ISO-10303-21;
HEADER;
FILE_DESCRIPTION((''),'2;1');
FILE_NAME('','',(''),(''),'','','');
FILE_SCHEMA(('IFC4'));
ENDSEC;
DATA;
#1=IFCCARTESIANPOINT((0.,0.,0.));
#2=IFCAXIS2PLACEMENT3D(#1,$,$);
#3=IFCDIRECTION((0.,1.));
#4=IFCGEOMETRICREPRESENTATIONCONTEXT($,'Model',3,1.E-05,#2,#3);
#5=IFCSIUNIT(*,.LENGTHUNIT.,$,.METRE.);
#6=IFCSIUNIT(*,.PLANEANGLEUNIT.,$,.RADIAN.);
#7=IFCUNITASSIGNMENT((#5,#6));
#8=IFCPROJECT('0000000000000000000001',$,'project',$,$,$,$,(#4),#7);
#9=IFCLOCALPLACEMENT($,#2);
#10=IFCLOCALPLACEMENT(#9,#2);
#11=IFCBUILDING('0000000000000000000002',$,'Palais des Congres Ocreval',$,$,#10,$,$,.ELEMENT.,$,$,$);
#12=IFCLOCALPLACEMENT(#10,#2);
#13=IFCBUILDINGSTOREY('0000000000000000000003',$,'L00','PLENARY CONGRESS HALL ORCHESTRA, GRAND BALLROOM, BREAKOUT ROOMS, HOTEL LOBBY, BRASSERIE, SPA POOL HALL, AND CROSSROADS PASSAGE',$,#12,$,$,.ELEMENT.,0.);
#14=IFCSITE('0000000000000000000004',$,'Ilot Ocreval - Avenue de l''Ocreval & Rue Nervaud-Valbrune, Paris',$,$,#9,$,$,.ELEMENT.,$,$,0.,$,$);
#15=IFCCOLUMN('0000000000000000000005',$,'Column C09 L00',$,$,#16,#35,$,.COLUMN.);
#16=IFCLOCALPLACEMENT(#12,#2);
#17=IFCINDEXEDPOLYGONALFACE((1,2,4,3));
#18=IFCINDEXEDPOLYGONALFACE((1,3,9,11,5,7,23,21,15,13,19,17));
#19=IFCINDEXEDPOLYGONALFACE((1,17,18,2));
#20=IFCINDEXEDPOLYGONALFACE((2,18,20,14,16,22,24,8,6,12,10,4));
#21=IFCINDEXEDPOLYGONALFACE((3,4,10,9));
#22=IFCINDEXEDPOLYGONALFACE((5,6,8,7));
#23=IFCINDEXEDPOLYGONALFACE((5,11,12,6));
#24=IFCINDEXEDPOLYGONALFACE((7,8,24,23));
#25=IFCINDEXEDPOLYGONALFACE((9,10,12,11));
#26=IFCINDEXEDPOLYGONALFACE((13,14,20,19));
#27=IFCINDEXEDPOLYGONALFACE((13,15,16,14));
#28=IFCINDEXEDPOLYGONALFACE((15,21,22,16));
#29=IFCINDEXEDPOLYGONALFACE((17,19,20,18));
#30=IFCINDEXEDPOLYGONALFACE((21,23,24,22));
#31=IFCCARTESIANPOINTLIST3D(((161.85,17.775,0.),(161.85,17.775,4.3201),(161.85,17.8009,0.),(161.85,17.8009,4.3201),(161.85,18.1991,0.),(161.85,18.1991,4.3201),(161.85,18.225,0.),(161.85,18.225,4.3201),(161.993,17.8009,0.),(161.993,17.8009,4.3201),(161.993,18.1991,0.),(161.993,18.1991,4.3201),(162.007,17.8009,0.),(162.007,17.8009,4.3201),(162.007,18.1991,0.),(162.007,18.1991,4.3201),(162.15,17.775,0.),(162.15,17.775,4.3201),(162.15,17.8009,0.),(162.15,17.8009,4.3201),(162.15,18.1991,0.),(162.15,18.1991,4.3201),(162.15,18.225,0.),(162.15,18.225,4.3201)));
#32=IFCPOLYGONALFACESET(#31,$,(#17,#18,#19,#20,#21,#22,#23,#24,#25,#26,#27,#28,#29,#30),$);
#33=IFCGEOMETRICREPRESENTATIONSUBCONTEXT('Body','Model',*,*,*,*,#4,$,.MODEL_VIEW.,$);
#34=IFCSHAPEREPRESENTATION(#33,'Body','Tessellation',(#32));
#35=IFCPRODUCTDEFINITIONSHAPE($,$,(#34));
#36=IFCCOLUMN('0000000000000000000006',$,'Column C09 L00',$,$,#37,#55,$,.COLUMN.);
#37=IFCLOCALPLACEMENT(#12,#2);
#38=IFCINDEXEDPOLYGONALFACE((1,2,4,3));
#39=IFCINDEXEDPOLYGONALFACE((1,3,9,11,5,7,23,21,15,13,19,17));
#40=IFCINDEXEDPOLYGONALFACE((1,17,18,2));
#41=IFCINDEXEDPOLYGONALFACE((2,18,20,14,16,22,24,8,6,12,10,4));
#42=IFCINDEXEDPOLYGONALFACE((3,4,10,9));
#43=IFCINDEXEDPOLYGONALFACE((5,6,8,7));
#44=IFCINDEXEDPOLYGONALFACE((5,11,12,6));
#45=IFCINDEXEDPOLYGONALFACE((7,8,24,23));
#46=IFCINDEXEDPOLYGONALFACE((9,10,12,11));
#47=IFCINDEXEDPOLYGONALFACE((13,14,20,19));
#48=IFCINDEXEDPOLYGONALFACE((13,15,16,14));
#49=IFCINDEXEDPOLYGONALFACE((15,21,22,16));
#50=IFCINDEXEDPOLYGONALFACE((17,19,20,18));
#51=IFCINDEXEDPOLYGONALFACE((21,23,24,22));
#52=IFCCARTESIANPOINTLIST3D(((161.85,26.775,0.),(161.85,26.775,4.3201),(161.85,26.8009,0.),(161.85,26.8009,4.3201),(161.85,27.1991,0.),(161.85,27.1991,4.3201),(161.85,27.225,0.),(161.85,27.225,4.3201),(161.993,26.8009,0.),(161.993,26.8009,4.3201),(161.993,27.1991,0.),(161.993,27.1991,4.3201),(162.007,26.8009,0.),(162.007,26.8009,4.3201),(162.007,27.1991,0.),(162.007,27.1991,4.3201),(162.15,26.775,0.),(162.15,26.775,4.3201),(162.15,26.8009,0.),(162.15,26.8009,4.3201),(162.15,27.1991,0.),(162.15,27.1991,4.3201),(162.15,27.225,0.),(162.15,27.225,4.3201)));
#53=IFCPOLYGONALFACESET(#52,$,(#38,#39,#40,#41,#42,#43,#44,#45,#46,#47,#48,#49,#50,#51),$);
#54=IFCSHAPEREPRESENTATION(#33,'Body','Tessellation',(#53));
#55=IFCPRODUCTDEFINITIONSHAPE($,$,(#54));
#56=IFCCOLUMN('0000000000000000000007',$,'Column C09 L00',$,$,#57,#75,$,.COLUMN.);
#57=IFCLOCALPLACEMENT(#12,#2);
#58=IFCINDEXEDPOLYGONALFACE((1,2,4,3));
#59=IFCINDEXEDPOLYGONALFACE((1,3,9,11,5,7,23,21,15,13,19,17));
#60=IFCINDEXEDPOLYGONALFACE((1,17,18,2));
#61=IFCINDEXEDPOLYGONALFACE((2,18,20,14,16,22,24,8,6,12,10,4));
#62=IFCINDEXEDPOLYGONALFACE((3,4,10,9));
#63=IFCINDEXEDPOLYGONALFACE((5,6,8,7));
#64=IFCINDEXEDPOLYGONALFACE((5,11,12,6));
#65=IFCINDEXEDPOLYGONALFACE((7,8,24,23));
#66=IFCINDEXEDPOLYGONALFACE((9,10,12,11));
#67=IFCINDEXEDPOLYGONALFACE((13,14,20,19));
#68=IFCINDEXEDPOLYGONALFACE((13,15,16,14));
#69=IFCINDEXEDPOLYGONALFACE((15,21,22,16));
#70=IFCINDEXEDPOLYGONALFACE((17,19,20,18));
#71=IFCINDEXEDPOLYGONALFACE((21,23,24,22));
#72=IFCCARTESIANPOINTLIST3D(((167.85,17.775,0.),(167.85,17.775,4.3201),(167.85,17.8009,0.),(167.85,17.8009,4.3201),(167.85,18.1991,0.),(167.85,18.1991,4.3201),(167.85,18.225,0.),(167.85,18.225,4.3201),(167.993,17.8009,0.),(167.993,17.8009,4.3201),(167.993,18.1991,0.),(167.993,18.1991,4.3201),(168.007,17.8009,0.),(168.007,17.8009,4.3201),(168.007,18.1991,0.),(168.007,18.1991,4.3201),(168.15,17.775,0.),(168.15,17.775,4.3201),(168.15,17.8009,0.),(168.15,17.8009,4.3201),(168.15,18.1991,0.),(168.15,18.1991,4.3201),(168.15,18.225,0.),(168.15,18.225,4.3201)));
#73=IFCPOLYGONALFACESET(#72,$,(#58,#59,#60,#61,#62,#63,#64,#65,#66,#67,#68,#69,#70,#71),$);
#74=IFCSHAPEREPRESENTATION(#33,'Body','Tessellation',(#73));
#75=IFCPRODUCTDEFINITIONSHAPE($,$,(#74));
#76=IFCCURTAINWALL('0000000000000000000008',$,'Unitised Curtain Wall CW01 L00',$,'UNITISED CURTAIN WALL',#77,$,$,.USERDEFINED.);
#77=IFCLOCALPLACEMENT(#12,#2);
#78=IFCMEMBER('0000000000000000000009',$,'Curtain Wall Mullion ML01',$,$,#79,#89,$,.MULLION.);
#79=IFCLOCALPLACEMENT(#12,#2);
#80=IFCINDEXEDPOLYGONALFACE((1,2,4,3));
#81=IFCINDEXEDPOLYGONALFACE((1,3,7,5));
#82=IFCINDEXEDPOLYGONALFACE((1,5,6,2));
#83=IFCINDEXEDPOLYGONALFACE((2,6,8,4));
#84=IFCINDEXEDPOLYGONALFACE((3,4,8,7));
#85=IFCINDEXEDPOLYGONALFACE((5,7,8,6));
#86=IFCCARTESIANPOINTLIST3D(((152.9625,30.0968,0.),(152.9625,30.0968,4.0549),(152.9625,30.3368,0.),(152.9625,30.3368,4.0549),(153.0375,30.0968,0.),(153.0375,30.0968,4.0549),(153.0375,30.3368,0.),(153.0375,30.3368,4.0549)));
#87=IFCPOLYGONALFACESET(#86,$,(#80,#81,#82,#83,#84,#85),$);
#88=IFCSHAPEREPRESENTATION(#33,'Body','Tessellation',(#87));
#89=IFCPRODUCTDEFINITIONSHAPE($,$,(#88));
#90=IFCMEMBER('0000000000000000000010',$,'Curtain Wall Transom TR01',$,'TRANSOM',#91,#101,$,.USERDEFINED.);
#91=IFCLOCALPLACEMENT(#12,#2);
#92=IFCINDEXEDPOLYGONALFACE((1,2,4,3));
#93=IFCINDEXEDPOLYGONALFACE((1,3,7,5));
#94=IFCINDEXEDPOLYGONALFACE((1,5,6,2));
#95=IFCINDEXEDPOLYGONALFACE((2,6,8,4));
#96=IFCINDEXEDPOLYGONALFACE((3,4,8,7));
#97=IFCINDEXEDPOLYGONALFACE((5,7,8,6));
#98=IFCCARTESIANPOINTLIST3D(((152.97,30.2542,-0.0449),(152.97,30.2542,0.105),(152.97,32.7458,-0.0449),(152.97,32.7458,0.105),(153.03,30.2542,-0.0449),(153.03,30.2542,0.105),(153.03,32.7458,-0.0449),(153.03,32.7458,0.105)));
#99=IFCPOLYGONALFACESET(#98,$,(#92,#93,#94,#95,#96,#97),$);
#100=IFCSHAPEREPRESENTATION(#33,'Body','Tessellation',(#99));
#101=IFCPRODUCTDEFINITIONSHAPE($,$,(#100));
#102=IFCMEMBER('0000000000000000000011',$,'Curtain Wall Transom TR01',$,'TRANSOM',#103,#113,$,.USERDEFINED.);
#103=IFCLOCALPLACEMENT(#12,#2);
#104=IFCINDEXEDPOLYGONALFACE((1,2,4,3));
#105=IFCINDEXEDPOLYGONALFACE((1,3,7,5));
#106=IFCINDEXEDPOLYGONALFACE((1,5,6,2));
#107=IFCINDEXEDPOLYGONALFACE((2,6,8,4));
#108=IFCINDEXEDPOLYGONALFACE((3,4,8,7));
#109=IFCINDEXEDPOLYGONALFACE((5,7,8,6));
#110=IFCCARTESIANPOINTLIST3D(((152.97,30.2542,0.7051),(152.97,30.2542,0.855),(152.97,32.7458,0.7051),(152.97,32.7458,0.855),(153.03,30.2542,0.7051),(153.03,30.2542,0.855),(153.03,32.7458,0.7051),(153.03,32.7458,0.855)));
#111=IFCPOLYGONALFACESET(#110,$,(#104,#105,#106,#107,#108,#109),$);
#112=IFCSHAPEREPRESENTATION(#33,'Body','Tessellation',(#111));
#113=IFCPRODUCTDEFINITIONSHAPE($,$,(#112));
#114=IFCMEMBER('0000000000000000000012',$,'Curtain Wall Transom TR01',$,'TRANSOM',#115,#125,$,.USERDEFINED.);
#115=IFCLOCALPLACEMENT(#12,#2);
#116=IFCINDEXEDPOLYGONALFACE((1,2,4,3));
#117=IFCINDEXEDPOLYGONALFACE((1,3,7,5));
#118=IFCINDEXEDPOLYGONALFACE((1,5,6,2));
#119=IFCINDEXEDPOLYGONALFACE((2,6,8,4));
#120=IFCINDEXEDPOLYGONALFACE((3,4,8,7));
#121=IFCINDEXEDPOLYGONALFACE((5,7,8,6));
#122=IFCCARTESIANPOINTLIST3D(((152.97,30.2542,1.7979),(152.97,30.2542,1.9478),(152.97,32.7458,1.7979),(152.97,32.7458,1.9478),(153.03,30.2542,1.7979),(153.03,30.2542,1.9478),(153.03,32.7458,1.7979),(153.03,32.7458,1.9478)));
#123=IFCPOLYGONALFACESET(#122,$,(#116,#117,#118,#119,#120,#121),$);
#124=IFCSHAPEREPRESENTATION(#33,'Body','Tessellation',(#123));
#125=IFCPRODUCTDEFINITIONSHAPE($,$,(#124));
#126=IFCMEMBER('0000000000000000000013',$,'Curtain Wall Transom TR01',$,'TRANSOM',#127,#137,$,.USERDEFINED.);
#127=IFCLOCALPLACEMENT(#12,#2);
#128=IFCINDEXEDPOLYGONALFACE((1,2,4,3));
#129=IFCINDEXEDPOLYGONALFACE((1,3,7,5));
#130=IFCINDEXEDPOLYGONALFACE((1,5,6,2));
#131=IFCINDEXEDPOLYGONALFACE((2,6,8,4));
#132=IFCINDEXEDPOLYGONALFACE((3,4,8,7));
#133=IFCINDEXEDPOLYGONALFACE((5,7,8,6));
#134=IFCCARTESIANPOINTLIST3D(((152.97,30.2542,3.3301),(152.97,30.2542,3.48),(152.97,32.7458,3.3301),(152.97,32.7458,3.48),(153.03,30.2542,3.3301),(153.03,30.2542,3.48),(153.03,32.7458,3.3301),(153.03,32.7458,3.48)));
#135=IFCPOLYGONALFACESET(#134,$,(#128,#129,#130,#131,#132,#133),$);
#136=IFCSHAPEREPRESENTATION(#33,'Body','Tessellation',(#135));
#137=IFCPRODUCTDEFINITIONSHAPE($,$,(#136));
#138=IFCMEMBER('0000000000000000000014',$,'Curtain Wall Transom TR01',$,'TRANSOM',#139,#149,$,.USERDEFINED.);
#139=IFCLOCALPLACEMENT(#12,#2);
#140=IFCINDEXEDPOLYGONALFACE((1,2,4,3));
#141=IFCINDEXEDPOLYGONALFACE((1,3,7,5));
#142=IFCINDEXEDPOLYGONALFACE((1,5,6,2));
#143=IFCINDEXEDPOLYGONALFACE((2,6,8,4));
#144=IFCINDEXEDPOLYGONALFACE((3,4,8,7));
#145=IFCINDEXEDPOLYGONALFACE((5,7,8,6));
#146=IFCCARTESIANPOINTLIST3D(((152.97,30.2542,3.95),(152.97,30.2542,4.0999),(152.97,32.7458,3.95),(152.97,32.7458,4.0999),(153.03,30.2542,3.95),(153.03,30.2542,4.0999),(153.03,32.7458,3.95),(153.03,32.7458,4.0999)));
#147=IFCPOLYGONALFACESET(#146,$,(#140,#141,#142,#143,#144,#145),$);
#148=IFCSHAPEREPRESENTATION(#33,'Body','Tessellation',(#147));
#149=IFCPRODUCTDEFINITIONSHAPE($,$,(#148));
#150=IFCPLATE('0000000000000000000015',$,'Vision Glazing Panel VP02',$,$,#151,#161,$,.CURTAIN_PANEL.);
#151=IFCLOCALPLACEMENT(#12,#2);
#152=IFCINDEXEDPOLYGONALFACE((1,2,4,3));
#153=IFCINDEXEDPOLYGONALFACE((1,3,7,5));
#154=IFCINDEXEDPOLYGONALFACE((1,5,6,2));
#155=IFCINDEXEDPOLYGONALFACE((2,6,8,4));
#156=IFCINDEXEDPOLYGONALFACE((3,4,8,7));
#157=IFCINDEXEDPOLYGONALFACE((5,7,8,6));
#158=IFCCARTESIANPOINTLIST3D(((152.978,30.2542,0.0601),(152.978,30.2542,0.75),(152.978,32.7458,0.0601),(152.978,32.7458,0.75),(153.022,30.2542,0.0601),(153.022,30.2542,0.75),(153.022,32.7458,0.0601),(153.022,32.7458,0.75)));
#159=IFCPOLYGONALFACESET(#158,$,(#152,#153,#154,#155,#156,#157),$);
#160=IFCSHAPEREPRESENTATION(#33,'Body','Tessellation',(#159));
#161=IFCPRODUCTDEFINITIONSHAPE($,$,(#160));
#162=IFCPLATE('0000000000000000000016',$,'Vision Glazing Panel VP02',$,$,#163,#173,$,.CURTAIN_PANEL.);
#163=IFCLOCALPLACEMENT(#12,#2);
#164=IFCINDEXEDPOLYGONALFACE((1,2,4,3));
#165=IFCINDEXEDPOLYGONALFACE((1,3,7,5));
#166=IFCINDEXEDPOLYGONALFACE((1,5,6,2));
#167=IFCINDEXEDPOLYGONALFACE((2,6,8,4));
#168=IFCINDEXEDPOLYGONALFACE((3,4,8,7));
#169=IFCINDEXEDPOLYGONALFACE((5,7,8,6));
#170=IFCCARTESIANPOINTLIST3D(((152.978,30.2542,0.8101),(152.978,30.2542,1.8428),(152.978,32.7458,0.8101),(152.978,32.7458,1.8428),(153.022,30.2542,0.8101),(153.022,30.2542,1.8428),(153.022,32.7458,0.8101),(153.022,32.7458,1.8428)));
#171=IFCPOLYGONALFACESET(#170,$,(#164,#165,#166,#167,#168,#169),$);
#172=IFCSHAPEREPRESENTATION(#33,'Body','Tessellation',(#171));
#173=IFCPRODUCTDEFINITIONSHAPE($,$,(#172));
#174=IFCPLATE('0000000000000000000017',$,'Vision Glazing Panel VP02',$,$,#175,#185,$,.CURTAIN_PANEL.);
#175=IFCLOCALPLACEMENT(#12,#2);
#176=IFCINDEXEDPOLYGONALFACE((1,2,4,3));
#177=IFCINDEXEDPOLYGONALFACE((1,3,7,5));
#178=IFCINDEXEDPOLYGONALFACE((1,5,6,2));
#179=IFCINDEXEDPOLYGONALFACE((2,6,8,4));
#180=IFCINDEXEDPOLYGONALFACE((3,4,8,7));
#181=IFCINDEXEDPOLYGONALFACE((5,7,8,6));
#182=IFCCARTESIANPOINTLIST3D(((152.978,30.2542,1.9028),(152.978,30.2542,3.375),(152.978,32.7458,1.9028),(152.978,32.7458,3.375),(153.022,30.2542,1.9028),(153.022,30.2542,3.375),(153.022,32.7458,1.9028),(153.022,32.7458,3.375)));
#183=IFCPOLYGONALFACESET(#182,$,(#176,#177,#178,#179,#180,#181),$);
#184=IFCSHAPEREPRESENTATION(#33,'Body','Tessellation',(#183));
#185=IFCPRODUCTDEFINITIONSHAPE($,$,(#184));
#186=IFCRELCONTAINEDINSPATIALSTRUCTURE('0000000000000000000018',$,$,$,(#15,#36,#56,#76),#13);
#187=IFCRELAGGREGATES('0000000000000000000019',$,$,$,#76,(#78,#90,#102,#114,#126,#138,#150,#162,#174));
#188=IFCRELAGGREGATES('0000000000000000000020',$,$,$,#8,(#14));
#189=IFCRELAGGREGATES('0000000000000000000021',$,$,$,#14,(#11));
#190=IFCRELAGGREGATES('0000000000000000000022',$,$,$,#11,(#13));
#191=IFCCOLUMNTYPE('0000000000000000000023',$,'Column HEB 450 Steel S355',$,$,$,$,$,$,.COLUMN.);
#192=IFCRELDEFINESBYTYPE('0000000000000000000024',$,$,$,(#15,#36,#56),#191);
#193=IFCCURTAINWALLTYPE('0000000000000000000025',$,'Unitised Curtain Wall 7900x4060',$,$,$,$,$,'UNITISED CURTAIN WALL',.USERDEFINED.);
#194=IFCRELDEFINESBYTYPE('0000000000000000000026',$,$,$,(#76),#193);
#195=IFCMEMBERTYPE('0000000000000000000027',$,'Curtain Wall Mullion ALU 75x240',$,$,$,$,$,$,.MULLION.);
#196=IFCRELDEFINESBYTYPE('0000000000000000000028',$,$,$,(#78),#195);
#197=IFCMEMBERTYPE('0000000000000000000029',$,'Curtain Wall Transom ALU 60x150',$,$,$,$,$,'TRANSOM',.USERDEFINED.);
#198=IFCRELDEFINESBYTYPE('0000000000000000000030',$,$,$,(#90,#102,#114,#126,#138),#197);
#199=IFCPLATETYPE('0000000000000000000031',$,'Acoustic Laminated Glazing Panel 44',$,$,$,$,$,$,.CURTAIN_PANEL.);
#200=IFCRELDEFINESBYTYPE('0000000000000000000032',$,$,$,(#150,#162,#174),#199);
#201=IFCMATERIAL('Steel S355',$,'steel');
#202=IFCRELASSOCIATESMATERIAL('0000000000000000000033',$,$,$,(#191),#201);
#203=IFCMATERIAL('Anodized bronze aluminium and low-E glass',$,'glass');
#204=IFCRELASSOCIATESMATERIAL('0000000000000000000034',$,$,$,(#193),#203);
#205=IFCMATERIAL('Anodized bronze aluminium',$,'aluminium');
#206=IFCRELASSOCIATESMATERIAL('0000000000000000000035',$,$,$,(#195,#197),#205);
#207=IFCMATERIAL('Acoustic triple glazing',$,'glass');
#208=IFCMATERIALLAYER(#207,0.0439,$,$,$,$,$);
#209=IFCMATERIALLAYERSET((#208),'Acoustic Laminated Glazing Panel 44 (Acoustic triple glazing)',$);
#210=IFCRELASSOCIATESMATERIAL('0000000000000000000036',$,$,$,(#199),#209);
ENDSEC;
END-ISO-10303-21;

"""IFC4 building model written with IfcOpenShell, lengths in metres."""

from ifc_helpers import new_model, si_unit, direction, frame, origin, origin_2d, place, context, subcontext, project, spatial, rectangle, i_section, extrude, material, layer, layer_set, material_profile, profile_set, type_object, element, aggregate, save


model = new_model("IFC4")

# Units and contexts
model_context = context("Model", 3, precision=1e-05, world=origin(), true_north=direction((0.0, 1.0)))
body_context = subcontext(model_context, "Body", "Model", "MODEL_VIEW")
ifc_project = project(units=[si_unit("LENGTHUNIT", "METRE"), si_unit("PLANEANGLEUNIT", "RADIAN")], contexts=[model_context])

# Site, building, storey
site_placement = place(None, origin())
site = spatial("IfcSite", under=ifc_project, at=site_placement, Name="Ilot Ocreval - Avenue de l'Ocreval & Rue Nervaud-Valbrune, Paris", CompositionType="ELEMENT", RefElevation=0.0)
building_placement = place(site_placement, origin())
building = spatial("IfcBuilding", under=site, at=building_placement, Name="Palais des Congres Ocreval", CompositionType="ELEMENT")
storey_placement = place(building_placement, origin())
storey = spatial("IfcBuildingStorey", under=building, at=storey_placement, Name="L00", Description="PLENARY CONGRESS HALL ORCHESTRA, GRAND BALLROOM, BREAKOUT ROOMS, HOTEL LOBBY, BRASSERIE, SPA POOL HALL, AND CROSSROADS PASSAGE", CompositionType="ELEMENT", Elevation=0.0)

# Columns
ifc_material_1 = material(Name="Steel S355", Category="steel")
ifc_material_profile_1 = material_profile(ifc_material_1, i_section(OverallWidth=0.3, OverallDepth=0.45, WebThickness=0.0139, FlangeThickness=0.0259, at=origin_2d()), Name="HEB 450")
ifc_profile_set_1 = profile_set([ifc_material_profile_1], Name="Steel S355")
column_type = type_object("IfcColumnType", Name="Column HEB 450 Steel S355", PredefinedType="COLUMN", material=ifc_profile_set_1)
for number, where, z_axis, x_axis, name in (
    (1, (162.0, 18.0, 0.0), (0.0, 0.0, 1.0), (1.0, 0.0, 0.0), "Column C09 L00"),
    (2, (162.0, 27.0, 0.0), (0.0, 0.0, 1.0), (1.0, 0.0, 0.0), "Column C09 L00"),
    (3, (168.0, 18.0, 0.0), (0.0, 0.0, 1.0), (1.0, 0.0, 0.0), "Column C09 L00"),
):
    element("IfcColumn", number, at=place(storey_placement, frame(where, z_axis=z_axis, x_axis=x_axis)), inside=storey, type_object=column_type, Name=name, PredefinedType="COLUMN", context=body_context, shape_type="SweptSolid", body=[
        extrude(i_section(OverallWidth=0.3, OverallDepth=0.45, WebThickness=0.0139, FlangeThickness=0.0259, at=origin_2d()), origin(), (0.0, 0.0, 1.0), 4.3201),
    ])

# Curtain wall, members, plates
ifc_material_2 = material(Name="Anodized bronze aluminium and low-E glass", Category="glass")
curtain_wall_type = type_object("IfcCurtainWallType", Name="Unitised Curtain Wall 7900x4060", ElementType="UNITISED CURTAIN WALL", PredefinedType="USERDEFINED", material=ifc_material_2)
curtain_wall_placement = place(storey_placement, origin())
curtain_wall = element("IfcCurtainWall", 4, at=curtain_wall_placement, inside=storey, type_object=curtain_wall_type, Name="Unitised Curtain Wall CW01 L00", ObjectType="UNITISED CURTAIN WALL", PredefinedType="USERDEFINED")
ifc_material_3 = material(Name="Anodized bronze aluminium", Category="aluminium")
ifc_material_profile_2 = material_profile(ifc_material_3, rectangle(XDim=0.075, YDim=0.24, at=origin_2d()), Name="ALU 75x240")
ifc_profile_set_2 = profile_set([ifc_material_profile_2], Name="Anodized bronze aluminium")
member_type_1 = type_object("IfcMemberType", Name="Curtain Wall Mullion ALU 75x240", PredefinedType="MULLION", material=ifc_profile_set_2)
member_1_placement = place(storey_placement, frame((153.0, 30.2168, 0.0), z_axis=(0.0, 0.0, 1.0), x_axis=(-1.0, 0.0, 0.0)))
member_1 = element("IfcMember", 5, at=member_1_placement, type_object=member_type_1, Name="Curtain Wall Mullion ML01", PredefinedType="MULLION", context=body_context, shape_type="SweptSolid", body=[
    extrude(rectangle(XDim=0.075, YDim=0.24, at=origin_2d()), origin(), (0.0, 0.0, 1.0), 4.0549),
])
ifc_material_profile_3 = material_profile(ifc_material_3, rectangle(XDim=0.0601, YDim=0.1499, at=origin_2d()), Name="ALU 60x150")
ifc_profile_set_3 = profile_set([ifc_material_profile_3], Name="Anodized bronze aluminium")
member_type_2 = type_object("IfcMemberType", Name="Curtain Wall Transom ALU 60x150", ElementType="TRANSOM", PredefinedType="USERDEFINED", material=ifc_profile_set_3)
member_2_placement = place(storey_placement, frame((153.0, 30.2542, 0.03), z_axis=(0.0, 1.0, 0.0), x_axis=(-1.0, 0.0, 0.0)))
member_2 = element("IfcMember", 6, at=member_2_placement, type_object=member_type_2, Name="Curtain Wall Transom TR01", ObjectType="TRANSOM", PredefinedType="USERDEFINED", context=body_context, shape_type="SweptSolid", body=[
    extrude(rectangle(XDim=0.0601, YDim=0.1499, at=origin_2d()), origin(), (0.0, 0.0, 1.0), 2.4917),
])
member_3_placement = place(storey_placement, frame((153.0, 30.2542, 0.78), z_axis=(0.0, 1.0, 0.0), x_axis=(-1.0, 0.0, 0.0)))
member_3 = element("IfcMember", 7, at=member_3_placement, type_object=member_type_2, Name="Curtain Wall Transom TR01", ObjectType="TRANSOM", PredefinedType="USERDEFINED", context=body_context, shape_type="SweptSolid", body=[
    extrude(rectangle(XDim=0.0601, YDim=0.1499, at=origin_2d()), origin(), (0.0, 0.0, 1.0), 2.4917),
])
member_4_placement = place(storey_placement, frame((153.0, 30.2542, 1.8728), z_axis=(0.0, 1.0, 0.0), x_axis=(-1.0, 0.0, 0.0)))
member_4 = element("IfcMember", 8, at=member_4_placement, type_object=member_type_2, Name="Curtain Wall Transom TR01", ObjectType="TRANSOM", PredefinedType="USERDEFINED", context=body_context, shape_type="SweptSolid", body=[
    extrude(rectangle(XDim=0.0601, YDim=0.1499, at=origin_2d()), origin(), (0.0, 0.0, 1.0), 2.4917),
])
member_5_placement = place(storey_placement, frame((153.0, 30.2542, 3.405), z_axis=(0.0, 1.0, 0.0), x_axis=(-1.0, 0.0, 0.0)))
member_5 = element("IfcMember", 9, at=member_5_placement, type_object=member_type_2, Name="Curtain Wall Transom TR01", ObjectType="TRANSOM", PredefinedType="USERDEFINED", context=body_context, shape_type="SweptSolid", body=[
    extrude(rectangle(XDim=0.0601, YDim=0.1499, at=origin_2d()), origin(), (0.0, 0.0, 1.0), 2.4917),
])
member_6_placement = place(storey_placement, frame((153.0, 30.2542, 4.0249), z_axis=(0.0, 1.0, 0.0), x_axis=(-1.0, 0.0, 0.0)))
member_6 = element("IfcMember", 10, at=member_6_placement, type_object=member_type_2, Name="Curtain Wall Transom TR01", ObjectType="TRANSOM", PredefinedType="USERDEFINED", context=body_context, shape_type="SweptSolid", body=[
    extrude(rectangle(XDim=0.0601, YDim=0.1499, at=origin_2d()), origin(), (0.0, 0.0, 1.0), 2.4917),
])
ifc_material_4 = material(Name="Acoustic triple glazing", Category="glass")
ifc_layer_1 = layer(ifc_material_4, 0.0439)
ifc_layer_set_1 = layer_set([ifc_layer_1], Name="Acoustic Laminated Glazing Panel 44 (Acoustic triple glazing)")
plate_type_1 = type_object("IfcPlateType", Name="Acoustic Laminated Glazing Panel 44", PredefinedType="CURTAIN_PANEL", material=ifc_layer_set_1)
plate_1_placement = place(storey_placement, frame((153.0, 31.5, 0.0601), z_axis=(0.0, 0.0, 1.0), x_axis=(0.0, 1.0, 0.0)))
plate_1 = element("IfcPlate", 11, at=plate_1_placement, type_object=plate_type_1, Name="Vision Glazing Panel VP02", PredefinedType="CURTAIN_PANEL", context=body_context, shape_type="SweptSolid", body=[
    extrude(rectangle(XDim=2.4917, YDim=0.0439, at=origin_2d()), origin(), (0.0, 0.0, 1.0), 0.6899),
])
plate_2_placement = place(storey_placement, frame((153.0, 31.5, 0.8101), z_axis=(0.0, 0.0, 1.0), x_axis=(0.0, 1.0, 0.0)))
plate_2 = element("IfcPlate", 12, at=plate_2_placement, type_object=plate_type_1, Name="Vision Glazing Panel VP02", PredefinedType="CURTAIN_PANEL", context=body_context, shape_type="SweptSolid", body=[
    extrude(rectangle(XDim=2.4917, YDim=0.0439, at=origin_2d()), origin(), (0.0, 0.0, 1.0), 1.0327),
])
plate_3_placement = place(storey_placement, frame((153.0, 31.5, 1.9028), z_axis=(0.0, 0.0, 1.0), x_axis=(0.0, 1.0, 0.0)))
plate_3 = element("IfcPlate", 13, at=plate_3_placement, type_object=plate_type_1, Name="Vision Glazing Panel VP02", PredefinedType="CURTAIN_PANEL", context=body_context, shape_type="SweptSolid", body=[
    extrude(rectangle(XDim=2.4917, YDim=0.0439, at=origin_2d()), origin(), (0.0, 0.0, 1.0), 1.4722),
])
aggregate(curtain_wall, [member_1, member_2, member_3, member_4, member_5, member_6, plate_1, plate_2, plate_3])

save(model, "model.ifc")
